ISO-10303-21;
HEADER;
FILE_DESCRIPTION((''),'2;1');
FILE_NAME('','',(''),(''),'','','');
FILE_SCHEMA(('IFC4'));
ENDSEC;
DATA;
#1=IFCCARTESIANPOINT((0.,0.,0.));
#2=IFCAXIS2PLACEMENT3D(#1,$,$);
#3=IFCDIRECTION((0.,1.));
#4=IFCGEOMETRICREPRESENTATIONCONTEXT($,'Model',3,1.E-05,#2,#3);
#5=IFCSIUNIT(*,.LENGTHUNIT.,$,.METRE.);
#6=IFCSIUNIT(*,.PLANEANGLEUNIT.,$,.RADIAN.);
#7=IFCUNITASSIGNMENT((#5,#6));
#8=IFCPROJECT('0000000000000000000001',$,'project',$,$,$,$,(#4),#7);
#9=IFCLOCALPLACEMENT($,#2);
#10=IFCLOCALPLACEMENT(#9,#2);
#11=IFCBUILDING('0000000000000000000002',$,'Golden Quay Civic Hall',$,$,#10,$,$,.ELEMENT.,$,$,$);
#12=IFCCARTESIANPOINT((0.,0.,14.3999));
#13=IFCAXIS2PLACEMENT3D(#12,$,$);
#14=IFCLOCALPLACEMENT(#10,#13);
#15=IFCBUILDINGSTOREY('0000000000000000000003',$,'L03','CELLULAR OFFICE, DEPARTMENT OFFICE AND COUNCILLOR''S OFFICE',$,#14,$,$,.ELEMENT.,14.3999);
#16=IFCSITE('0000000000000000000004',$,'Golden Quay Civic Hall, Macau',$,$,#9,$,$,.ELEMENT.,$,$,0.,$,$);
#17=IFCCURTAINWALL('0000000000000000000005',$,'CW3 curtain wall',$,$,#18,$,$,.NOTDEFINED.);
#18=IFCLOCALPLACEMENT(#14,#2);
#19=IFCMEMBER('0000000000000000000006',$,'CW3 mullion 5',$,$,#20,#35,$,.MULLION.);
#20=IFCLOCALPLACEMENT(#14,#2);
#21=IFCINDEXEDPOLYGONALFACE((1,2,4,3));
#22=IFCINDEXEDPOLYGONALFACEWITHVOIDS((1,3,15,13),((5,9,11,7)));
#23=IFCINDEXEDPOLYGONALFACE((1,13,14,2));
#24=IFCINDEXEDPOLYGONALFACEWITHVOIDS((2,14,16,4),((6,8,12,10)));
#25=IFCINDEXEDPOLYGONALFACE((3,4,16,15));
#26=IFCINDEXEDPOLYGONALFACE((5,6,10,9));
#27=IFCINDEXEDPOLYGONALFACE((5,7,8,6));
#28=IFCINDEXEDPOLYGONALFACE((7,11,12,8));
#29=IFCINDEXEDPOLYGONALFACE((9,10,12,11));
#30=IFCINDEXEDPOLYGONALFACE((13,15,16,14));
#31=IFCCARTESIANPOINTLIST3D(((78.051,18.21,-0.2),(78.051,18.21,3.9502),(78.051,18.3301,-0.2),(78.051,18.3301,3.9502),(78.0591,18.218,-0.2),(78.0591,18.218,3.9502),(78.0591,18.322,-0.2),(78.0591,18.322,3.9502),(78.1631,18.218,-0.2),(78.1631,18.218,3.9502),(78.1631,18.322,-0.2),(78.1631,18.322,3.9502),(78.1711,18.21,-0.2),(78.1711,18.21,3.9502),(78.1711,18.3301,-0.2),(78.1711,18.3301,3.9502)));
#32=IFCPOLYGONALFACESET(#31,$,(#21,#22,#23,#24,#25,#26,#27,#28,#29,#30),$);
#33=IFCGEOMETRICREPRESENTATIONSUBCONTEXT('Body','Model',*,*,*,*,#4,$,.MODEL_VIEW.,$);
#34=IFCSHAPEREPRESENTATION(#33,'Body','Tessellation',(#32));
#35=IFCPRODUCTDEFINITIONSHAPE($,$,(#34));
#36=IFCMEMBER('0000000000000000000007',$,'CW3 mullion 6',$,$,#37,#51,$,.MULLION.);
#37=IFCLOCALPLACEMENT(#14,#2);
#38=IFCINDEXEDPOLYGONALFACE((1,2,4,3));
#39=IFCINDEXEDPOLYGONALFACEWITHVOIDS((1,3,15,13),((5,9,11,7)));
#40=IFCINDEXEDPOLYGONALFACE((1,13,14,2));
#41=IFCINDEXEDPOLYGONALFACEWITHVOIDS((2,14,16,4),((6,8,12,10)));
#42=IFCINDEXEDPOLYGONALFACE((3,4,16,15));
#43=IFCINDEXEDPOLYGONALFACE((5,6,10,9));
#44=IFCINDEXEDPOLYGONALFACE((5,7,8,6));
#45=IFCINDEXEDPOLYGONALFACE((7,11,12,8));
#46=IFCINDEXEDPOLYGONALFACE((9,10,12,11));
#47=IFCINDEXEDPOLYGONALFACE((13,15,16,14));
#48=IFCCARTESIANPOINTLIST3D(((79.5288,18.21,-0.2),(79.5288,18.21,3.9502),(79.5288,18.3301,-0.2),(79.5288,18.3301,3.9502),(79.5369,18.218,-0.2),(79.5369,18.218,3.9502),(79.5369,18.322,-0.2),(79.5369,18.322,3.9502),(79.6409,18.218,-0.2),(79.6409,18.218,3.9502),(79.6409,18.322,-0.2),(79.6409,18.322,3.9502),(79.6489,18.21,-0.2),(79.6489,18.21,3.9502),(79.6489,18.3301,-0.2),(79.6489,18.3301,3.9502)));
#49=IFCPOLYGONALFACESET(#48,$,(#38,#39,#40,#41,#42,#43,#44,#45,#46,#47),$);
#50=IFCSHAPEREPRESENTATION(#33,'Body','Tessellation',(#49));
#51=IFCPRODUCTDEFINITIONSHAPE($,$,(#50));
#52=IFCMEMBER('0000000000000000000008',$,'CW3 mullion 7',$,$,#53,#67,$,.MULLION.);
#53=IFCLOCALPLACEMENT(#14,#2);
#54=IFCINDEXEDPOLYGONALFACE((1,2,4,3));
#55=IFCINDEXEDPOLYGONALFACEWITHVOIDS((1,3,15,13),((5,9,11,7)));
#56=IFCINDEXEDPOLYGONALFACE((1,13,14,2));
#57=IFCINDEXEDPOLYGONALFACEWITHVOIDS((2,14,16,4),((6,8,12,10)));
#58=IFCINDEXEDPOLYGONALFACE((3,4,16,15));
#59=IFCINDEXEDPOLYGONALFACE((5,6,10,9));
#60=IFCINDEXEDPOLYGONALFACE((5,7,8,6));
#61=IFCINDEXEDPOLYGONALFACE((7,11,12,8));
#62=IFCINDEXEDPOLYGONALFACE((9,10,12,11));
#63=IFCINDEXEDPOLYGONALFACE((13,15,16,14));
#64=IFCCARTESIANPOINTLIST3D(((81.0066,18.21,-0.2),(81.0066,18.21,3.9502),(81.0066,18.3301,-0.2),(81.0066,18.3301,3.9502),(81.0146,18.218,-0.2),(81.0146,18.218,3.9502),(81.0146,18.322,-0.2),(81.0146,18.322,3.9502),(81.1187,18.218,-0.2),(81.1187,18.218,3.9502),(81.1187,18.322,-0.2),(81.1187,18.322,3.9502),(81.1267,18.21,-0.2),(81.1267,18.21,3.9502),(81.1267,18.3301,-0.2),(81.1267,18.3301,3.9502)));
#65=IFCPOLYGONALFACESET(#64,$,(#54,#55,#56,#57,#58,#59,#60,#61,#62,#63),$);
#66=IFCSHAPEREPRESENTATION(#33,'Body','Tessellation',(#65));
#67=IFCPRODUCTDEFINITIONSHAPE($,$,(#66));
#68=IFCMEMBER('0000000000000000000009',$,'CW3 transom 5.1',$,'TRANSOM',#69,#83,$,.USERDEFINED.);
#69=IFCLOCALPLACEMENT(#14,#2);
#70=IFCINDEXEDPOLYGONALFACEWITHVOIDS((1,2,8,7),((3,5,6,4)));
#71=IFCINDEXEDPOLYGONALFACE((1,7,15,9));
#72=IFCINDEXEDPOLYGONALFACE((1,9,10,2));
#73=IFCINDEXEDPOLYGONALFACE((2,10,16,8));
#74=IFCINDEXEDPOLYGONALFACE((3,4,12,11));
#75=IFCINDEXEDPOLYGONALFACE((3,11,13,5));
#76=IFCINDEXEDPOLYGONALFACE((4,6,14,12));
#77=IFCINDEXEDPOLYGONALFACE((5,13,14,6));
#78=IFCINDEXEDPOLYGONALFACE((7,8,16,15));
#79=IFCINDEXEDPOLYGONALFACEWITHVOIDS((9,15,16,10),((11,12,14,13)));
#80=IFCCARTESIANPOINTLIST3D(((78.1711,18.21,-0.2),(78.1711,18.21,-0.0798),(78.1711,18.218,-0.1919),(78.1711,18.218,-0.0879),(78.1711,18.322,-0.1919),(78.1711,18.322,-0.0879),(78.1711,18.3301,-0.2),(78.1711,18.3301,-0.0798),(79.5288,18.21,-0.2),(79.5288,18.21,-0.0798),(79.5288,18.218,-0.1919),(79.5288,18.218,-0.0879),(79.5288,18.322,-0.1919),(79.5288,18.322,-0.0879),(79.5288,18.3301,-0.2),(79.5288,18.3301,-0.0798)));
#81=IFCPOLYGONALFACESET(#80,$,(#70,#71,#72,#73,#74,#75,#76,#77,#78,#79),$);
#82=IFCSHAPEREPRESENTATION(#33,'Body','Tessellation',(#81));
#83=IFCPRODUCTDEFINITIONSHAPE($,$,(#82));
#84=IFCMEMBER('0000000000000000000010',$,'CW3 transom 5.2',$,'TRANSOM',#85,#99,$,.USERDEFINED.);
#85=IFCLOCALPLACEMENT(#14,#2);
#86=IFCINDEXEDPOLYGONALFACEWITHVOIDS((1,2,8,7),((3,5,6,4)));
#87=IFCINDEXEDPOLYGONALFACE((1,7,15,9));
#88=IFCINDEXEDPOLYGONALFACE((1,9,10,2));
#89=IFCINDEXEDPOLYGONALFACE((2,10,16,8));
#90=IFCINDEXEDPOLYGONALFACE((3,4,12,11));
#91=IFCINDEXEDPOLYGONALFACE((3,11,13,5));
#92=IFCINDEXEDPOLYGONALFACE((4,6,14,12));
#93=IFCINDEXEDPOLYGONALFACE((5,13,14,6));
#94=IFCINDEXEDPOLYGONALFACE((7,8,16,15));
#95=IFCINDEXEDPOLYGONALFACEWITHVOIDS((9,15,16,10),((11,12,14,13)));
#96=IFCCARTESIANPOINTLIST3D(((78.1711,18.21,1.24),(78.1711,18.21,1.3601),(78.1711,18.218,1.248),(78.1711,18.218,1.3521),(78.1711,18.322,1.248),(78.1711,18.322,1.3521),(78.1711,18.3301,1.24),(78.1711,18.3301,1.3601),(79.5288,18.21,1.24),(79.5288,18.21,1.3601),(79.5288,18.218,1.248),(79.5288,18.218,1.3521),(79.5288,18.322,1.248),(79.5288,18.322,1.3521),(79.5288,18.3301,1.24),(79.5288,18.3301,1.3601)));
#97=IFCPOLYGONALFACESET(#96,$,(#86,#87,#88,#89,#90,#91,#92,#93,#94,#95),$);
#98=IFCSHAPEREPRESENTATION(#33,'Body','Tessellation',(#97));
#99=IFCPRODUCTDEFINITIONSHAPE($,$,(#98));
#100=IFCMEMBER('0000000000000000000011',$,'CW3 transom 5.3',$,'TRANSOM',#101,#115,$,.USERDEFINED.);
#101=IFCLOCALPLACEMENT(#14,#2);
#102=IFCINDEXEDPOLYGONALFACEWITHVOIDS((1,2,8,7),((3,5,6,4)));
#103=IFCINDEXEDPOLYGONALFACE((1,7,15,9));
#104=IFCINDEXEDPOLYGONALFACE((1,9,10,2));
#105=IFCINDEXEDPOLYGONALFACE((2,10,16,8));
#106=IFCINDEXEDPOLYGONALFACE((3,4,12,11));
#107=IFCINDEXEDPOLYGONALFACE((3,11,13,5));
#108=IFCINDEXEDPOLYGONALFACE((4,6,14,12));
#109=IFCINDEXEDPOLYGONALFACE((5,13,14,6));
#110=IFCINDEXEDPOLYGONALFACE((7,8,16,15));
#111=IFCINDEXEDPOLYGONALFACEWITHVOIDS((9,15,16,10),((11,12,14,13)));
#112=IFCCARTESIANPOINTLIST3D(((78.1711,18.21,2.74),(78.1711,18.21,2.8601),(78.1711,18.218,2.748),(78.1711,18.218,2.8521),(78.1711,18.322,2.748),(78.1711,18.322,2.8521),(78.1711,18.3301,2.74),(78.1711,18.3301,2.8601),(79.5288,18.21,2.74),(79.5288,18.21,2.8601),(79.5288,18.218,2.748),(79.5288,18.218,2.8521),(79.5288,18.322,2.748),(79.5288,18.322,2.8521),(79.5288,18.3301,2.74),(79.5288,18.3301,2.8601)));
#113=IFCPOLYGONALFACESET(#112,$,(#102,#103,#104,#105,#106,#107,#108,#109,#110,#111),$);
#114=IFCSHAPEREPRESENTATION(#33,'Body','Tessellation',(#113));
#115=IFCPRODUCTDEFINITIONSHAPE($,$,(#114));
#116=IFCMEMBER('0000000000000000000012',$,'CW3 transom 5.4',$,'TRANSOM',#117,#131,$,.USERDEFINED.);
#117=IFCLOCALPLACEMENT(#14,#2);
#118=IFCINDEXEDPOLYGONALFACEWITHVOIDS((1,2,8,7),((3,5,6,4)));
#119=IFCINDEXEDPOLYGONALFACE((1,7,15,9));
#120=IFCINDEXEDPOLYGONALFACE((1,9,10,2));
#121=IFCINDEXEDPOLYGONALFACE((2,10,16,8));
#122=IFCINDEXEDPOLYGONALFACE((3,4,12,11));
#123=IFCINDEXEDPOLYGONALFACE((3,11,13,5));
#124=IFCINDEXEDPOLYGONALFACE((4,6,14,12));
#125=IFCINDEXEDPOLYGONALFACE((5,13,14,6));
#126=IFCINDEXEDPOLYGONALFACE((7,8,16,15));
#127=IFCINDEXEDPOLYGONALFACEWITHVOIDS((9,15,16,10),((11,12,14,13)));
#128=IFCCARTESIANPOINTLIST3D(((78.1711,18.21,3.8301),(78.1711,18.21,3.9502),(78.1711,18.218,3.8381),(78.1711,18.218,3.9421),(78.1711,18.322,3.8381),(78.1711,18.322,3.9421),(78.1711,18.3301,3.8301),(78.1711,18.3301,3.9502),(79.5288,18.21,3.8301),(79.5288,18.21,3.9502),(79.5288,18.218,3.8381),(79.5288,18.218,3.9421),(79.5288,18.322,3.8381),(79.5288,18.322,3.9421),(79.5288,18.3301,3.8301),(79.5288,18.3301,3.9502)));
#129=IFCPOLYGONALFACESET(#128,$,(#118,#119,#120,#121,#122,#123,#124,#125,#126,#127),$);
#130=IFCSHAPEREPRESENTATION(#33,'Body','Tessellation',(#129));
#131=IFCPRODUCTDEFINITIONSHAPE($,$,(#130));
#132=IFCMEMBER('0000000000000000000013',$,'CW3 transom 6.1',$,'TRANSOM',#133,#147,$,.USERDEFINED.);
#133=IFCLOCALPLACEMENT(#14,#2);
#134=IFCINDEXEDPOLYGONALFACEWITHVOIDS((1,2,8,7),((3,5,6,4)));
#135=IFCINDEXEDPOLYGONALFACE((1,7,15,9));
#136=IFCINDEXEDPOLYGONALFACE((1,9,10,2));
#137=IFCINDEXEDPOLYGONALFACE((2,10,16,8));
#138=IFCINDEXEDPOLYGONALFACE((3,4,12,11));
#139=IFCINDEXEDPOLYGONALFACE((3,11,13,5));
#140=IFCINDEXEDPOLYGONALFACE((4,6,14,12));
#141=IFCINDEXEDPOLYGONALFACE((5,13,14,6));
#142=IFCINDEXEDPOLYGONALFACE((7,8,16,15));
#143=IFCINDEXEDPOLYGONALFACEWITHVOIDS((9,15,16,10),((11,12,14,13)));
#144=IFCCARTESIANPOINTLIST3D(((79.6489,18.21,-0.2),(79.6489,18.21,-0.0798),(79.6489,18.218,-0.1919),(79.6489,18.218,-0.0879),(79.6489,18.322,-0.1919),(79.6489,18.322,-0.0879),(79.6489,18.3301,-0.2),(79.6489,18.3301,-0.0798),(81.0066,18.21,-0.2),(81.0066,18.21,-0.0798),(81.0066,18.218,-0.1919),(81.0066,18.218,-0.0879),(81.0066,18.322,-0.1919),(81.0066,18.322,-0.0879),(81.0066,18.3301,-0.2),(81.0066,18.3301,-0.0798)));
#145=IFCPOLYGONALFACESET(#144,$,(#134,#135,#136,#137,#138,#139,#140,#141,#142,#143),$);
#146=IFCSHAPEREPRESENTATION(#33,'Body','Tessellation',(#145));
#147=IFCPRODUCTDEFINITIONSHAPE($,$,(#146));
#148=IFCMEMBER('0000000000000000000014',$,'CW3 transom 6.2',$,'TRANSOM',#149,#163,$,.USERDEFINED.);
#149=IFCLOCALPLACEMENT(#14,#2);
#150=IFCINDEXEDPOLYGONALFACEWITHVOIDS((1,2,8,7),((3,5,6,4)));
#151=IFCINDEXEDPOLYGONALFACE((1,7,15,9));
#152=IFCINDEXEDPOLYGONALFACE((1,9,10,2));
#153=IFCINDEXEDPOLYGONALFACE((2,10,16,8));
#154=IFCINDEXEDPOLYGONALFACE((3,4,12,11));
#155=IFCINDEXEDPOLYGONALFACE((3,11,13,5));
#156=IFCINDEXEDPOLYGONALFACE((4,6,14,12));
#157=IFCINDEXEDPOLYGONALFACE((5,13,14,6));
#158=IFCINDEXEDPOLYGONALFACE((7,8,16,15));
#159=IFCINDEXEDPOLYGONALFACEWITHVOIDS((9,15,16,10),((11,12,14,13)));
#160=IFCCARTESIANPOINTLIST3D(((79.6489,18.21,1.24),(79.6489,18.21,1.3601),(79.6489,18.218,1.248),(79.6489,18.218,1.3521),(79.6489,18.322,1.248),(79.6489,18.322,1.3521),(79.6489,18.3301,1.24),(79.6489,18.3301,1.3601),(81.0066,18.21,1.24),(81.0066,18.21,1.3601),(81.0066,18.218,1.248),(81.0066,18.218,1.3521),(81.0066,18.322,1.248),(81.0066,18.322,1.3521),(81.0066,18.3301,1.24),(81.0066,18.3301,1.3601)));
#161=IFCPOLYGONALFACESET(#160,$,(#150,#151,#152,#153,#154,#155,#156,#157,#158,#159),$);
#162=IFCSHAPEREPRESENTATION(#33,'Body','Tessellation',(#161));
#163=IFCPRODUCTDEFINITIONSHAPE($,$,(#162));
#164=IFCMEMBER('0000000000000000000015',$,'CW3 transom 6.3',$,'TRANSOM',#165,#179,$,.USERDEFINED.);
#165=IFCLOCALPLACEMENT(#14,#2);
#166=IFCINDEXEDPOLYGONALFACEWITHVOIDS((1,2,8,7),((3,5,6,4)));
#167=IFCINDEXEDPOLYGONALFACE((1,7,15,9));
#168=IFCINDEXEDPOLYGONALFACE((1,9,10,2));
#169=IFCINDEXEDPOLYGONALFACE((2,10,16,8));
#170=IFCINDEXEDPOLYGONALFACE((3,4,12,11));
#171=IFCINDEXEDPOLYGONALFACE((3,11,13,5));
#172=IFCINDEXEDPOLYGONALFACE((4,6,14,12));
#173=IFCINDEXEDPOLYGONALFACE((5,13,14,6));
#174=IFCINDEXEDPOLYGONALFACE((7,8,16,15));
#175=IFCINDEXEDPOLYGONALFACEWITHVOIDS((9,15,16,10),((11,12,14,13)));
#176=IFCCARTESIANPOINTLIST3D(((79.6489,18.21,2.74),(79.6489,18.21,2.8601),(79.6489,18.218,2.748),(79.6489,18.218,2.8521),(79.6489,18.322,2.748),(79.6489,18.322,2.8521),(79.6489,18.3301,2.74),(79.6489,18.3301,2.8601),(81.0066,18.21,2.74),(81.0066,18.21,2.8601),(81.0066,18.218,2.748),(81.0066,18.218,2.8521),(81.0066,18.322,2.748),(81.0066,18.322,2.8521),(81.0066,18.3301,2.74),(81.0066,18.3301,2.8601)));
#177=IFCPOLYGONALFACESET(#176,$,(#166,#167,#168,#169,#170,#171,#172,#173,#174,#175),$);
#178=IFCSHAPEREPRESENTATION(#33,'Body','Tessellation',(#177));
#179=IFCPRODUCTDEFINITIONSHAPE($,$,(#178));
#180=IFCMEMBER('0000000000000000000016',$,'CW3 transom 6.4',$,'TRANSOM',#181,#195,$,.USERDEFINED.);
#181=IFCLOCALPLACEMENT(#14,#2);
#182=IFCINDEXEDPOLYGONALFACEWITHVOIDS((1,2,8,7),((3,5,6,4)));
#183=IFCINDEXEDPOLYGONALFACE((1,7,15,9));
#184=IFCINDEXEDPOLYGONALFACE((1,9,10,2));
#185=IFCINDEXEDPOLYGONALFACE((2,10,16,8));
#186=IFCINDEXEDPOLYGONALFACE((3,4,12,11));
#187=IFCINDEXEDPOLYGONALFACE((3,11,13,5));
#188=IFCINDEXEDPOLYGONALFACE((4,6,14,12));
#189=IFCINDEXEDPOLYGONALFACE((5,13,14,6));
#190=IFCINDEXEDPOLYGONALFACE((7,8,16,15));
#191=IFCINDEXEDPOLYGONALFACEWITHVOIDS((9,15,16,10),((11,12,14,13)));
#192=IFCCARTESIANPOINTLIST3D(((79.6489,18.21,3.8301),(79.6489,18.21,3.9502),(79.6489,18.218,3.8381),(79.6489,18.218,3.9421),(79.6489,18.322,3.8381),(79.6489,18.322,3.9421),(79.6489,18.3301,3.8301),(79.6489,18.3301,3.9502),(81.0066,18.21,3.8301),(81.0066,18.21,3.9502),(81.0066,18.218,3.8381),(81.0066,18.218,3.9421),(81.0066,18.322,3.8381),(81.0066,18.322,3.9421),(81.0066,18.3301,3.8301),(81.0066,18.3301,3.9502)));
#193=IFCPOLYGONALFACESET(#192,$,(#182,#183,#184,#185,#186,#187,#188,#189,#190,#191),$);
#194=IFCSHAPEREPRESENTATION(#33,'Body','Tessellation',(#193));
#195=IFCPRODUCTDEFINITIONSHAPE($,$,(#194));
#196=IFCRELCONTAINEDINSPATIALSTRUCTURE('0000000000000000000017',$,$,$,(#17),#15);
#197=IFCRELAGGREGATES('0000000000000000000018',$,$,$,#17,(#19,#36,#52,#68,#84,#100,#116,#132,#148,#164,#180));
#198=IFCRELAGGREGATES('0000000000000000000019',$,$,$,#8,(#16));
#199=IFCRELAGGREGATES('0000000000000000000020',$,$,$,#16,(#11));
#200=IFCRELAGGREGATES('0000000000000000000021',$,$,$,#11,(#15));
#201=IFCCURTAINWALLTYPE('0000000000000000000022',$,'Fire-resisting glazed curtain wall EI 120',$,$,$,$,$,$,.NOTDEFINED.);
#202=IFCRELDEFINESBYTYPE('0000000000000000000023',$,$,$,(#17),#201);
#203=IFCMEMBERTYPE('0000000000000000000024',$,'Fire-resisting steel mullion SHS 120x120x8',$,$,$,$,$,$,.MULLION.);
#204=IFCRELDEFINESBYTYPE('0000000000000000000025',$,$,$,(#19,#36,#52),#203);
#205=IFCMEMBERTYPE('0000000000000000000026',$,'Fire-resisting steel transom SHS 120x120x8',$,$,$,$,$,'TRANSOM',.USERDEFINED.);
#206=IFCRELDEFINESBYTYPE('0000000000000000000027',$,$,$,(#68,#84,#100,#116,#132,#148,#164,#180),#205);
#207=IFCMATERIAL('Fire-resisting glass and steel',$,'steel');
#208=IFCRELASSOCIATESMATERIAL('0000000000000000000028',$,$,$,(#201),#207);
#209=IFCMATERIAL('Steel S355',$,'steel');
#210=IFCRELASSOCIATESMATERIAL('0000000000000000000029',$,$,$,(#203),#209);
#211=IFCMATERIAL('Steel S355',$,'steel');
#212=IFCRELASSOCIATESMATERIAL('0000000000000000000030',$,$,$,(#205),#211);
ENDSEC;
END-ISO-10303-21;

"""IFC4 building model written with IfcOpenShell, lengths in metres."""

from ifc_helpers import new_model, si_unit, direction, frame, origin, origin_2d, place, context, subcontext, project, spatial, hollow_rectangle, extrude, material, material_profile, profile_set, type_object, element, aggregate, save


model = new_model("IFC4")

# Units and contexts
model_context = context("Model", 3, precision=1e-05, world=origin(), true_north=direction((0.0, 1.0)))
body_context = subcontext(model_context, "Body", "Model", "MODEL_VIEW")
ifc_project = project(units=[si_unit("LENGTHUNIT", "METRE"), si_unit("PLANEANGLEUNIT", "RADIAN")], contexts=[model_context])

# Site, building, storey
site_placement = place(None, origin())
site = spatial("IfcSite", under=ifc_project, at=site_placement, Name="Golden Quay Civic Hall, Macau", CompositionType="ELEMENT", RefElevation=0.0)
building_placement = place(site_placement, origin())
building = spatial("IfcBuilding", under=site, at=building_placement, Name="Golden Quay Civic Hall", CompositionType="ELEMENT")
storey_placement = place(building_placement, frame((0.0, 0.0, 14.3999)))
storey = spatial("IfcBuildingStorey", under=building, at=storey_placement, Name="L03", Description="CELLULAR OFFICE, DEPARTMENT OFFICE AND COUNCILLOR'S OFFICE", CompositionType="ELEMENT", Elevation=14.3999)

# Curtain wall, members
ifc_material_1 = material(Name="Fire-resisting glass and steel", Category="steel")
curtain_wall_type = type_object("IfcCurtainWallType", Name="Fire-resisting glazed curtain wall EI 120", PredefinedType="NOTDEFINED", material=ifc_material_1)
curtain_wall_placement = place(storey_placement, origin())
curtain_wall = element("IfcCurtainWall", 1, at=curtain_wall_placement, inside=storey, type_object=curtain_wall_type, Name="CW3 curtain wall", PredefinedType="NOTDEFINED")
ifc_material_2 = material(Name="Steel S355", Category="steel")
ifc_material_profile_1 = material_profile(ifc_material_2, hollow_rectangle(XDim=0.1201, YDim=0.1201, WallThickness=0.0081, at=origin_2d()), Name="SHS 120x120x8")
ifc_profile_set_1 = profile_set([ifc_material_profile_1], Name="Steel S355")
member_type_1 = type_object("IfcMemberType", Name="Fire-resisting steel mullion SHS 120x120x8", PredefinedType="MULLION", material=ifc_profile_set_1)
member_1_placement = place(storey_placement, frame((78.1111, 18.27, -0.2), z_axis=(0.0, 0.0, 1.0), x_axis=(0.0, 1.0, 0.0)))
member_1 = element("IfcMember", 2, at=member_1_placement, type_object=member_type_1, Name="CW3 mullion 5", PredefinedType="MULLION", context=body_context, shape_type="SweptSolid", body=[
    extrude(hollow_rectangle(XDim=0.1201, YDim=0.1201, WallThickness=0.0081, at=origin_2d()), origin(), (0.0, 0.0, 1.0), 4.1501),
])
member_2_placement = place(storey_placement, frame((79.5889, 18.27, -0.2), z_axis=(0.0, 0.0, 1.0), x_axis=(0.0, 1.0, 0.0)))
member_2 = element("IfcMember", 3, at=member_2_placement, type_object=member_type_1, Name="CW3 mullion 6", PredefinedType="MULLION", context=body_context, shape_type="SweptSolid", body=[
    extrude(hollow_rectangle(XDim=0.1201, YDim=0.1201, WallThickness=0.0081, at=origin_2d()), origin(), (0.0, 0.0, 1.0), 4.1501),
])
member_3_placement = place(storey_placement, frame((81.0667, 18.27, -0.2), z_axis=(0.0, 0.0, 1.0), x_axis=(0.0, 1.0, 0.0)))
member_3 = element("IfcMember", 4, at=member_3_placement, type_object=member_type_1, Name="CW3 mullion 7", PredefinedType="MULLION", context=body_context, shape_type="SweptSolid", body=[
    extrude(hollow_rectangle(XDim=0.1201, YDim=0.1201, WallThickness=0.0081, at=origin_2d()), origin(), (0.0, 0.0, 1.0), 4.1501),
])
ifc_material_3 = material(Name="Steel S355", Category="steel")
ifc_material_profile_2 = material_profile(ifc_material_3, hollow_rectangle(XDim=0.1201, YDim=0.1201, WallThickness=0.0081, at=origin_2d()), Name="SHS 120x120x8")
ifc_profile_set_2 = profile_set([ifc_material_profile_2], Name="Steel S355")
member_type_2 = type_object("IfcMemberType", Name="Fire-resisting steel transom SHS 120x120x8", ElementType="TRANSOM", PredefinedType="USERDEFINED", material=ifc_profile_set_2)
member_4_placement = place(storey_placement, frame((78.1711, 18.27, -0.1399), z_axis=(1.0, 0.0, 0.0), x_axis=(0.0, 1.0, 0.0)))
member_4 = element("IfcMember", 5, at=member_4_placement, type_object=member_type_2, Name="CW3 transom 5.1", ObjectType="TRANSOM", PredefinedType="USERDEFINED", context=body_context, shape_type="SweptSolid", body=[
    extrude(hollow_rectangle(XDim=0.1201, YDim=0.1201, WallThickness=0.0081, at=origin_2d()), origin(), (0.0, 0.0, 1.0), 1.3577),
])
member_5_placement = place(storey_placement, frame((78.1711, 18.27, 1.3), z_axis=(1.0, 0.0, 0.0), x_axis=(0.0, 1.0, 0.0)))
member_5 = element("IfcMember", 6, at=member_5_placement, type_object=member_type_2, Name="CW3 transom 5.2", ObjectType="TRANSOM", PredefinedType="USERDEFINED", context=body_context, shape_type="SweptSolid", body=[
    extrude(hollow_rectangle(XDim=0.1201, YDim=0.1201, WallThickness=0.0081, at=origin_2d()), origin(), (0.0, 0.0, 1.0), 1.3577),
])
member_6_placement = place(storey_placement, frame((78.1711, 18.27, 2.8), z_axis=(1.0, 0.0, 0.0), x_axis=(0.0, 1.0, 0.0)))
member_6 = element("IfcMember", 7, at=member_6_placement, type_object=member_type_2, Name="CW3 transom 5.3", ObjectType="TRANSOM", PredefinedType="USERDEFINED", context=body_context, shape_type="SweptSolid", body=[
    extrude(hollow_rectangle(XDim=0.1201, YDim=0.1201, WallThickness=0.0081, at=origin_2d()), origin(), (0.0, 0.0, 1.0), 1.3577),
])
member_7_placement = place(storey_placement, frame((78.1711, 18.27, 3.8901), z_axis=(1.0, 0.0, 0.0), x_axis=(0.0, 1.0, 0.0)))
member_7 = element("IfcMember", 8, at=member_7_placement, type_object=member_type_2, Name="CW3 transom 5.4", ObjectType="TRANSOM", PredefinedType="USERDEFINED", context=body_context, shape_type="SweptSolid", body=[
    extrude(hollow_rectangle(XDim=0.1201, YDim=0.1201, WallThickness=0.0081, at=origin_2d()), origin(), (0.0, 0.0, 1.0), 1.3577),
])
member_8_placement = place(storey_placement, frame((79.6489, 18.27, -0.1399), z_axis=(1.0, 0.0, 0.0), x_axis=(0.0, 1.0, 0.0)))
member_8 = element("IfcMember", 9, at=member_8_placement, type_object=member_type_2, Name="CW3 transom 6.1", ObjectType="TRANSOM", PredefinedType="USERDEFINED", context=body_context, shape_type="SweptSolid", body=[
    extrude(hollow_rectangle(XDim=0.1201, YDim=0.1201, WallThickness=0.0081, at=origin_2d()), origin(), (0.0, 0.0, 1.0), 1.3577),
])
member_9_placement = place(storey_placement, frame((79.6489, 18.27, 1.3), z_axis=(1.0, 0.0, 0.0), x_axis=(0.0, 1.0, 0.0)))
member_9 = element("IfcMember", 10, at=member_9_placement, type_object=member_type_2, Name="CW3 transom 6.2", ObjectType="TRANSOM", PredefinedType="USERDEFINED", context=body_context, shape_type="SweptSolid", body=[
    extrude(hollow_rectangle(XDim=0.1201, YDim=0.1201, WallThickness=0.0081, at=origin_2d()), origin(), (0.0, 0.0, 1.0), 1.3577),
])
member_10_placement = place(storey_placement, frame((79.6489, 18.27, 2.8), z_axis=(1.0, 0.0, 0.0), x_axis=(0.0, 1.0, 0.0)))
member_10 = element("IfcMember", 11, at=member_10_placement, type_object=member_type_2, Name="CW3 transom 6.3", ObjectType="TRANSOM", PredefinedType="USERDEFINED", context=body_context, shape_type="SweptSolid", body=[
    extrude(hollow_rectangle(XDim=0.1201, YDim=0.1201, WallThickness=0.0081, at=origin_2d()), origin(), (0.0, 0.0, 1.0), 1.3577),
])
member_11_placement = place(storey_placement, frame((79.6489, 18.27, 3.8901), z_axis=(1.0, 0.0, 0.0), x_axis=(0.0, 1.0, 0.0)))
member_11 = element("IfcMember", 12, at=member_11_placement, type_object=member_type_2, Name="CW3 transom 6.4", ObjectType="TRANSOM", PredefinedType="USERDEFINED", context=body_context, shape_type="SweptSolid", body=[
    extrude(hollow_rectangle(XDim=0.1201, YDim=0.1201, WallThickness=0.0081, at=origin_2d()), origin(), (0.0, 0.0, 1.0), 1.3577),
])
aggregate(curtain_wall, [member_1, member_2, member_3, member_4, member_5, member_6, member_7, member_8, member_9, member_10, member_11])

save(model, "model.ifc")
